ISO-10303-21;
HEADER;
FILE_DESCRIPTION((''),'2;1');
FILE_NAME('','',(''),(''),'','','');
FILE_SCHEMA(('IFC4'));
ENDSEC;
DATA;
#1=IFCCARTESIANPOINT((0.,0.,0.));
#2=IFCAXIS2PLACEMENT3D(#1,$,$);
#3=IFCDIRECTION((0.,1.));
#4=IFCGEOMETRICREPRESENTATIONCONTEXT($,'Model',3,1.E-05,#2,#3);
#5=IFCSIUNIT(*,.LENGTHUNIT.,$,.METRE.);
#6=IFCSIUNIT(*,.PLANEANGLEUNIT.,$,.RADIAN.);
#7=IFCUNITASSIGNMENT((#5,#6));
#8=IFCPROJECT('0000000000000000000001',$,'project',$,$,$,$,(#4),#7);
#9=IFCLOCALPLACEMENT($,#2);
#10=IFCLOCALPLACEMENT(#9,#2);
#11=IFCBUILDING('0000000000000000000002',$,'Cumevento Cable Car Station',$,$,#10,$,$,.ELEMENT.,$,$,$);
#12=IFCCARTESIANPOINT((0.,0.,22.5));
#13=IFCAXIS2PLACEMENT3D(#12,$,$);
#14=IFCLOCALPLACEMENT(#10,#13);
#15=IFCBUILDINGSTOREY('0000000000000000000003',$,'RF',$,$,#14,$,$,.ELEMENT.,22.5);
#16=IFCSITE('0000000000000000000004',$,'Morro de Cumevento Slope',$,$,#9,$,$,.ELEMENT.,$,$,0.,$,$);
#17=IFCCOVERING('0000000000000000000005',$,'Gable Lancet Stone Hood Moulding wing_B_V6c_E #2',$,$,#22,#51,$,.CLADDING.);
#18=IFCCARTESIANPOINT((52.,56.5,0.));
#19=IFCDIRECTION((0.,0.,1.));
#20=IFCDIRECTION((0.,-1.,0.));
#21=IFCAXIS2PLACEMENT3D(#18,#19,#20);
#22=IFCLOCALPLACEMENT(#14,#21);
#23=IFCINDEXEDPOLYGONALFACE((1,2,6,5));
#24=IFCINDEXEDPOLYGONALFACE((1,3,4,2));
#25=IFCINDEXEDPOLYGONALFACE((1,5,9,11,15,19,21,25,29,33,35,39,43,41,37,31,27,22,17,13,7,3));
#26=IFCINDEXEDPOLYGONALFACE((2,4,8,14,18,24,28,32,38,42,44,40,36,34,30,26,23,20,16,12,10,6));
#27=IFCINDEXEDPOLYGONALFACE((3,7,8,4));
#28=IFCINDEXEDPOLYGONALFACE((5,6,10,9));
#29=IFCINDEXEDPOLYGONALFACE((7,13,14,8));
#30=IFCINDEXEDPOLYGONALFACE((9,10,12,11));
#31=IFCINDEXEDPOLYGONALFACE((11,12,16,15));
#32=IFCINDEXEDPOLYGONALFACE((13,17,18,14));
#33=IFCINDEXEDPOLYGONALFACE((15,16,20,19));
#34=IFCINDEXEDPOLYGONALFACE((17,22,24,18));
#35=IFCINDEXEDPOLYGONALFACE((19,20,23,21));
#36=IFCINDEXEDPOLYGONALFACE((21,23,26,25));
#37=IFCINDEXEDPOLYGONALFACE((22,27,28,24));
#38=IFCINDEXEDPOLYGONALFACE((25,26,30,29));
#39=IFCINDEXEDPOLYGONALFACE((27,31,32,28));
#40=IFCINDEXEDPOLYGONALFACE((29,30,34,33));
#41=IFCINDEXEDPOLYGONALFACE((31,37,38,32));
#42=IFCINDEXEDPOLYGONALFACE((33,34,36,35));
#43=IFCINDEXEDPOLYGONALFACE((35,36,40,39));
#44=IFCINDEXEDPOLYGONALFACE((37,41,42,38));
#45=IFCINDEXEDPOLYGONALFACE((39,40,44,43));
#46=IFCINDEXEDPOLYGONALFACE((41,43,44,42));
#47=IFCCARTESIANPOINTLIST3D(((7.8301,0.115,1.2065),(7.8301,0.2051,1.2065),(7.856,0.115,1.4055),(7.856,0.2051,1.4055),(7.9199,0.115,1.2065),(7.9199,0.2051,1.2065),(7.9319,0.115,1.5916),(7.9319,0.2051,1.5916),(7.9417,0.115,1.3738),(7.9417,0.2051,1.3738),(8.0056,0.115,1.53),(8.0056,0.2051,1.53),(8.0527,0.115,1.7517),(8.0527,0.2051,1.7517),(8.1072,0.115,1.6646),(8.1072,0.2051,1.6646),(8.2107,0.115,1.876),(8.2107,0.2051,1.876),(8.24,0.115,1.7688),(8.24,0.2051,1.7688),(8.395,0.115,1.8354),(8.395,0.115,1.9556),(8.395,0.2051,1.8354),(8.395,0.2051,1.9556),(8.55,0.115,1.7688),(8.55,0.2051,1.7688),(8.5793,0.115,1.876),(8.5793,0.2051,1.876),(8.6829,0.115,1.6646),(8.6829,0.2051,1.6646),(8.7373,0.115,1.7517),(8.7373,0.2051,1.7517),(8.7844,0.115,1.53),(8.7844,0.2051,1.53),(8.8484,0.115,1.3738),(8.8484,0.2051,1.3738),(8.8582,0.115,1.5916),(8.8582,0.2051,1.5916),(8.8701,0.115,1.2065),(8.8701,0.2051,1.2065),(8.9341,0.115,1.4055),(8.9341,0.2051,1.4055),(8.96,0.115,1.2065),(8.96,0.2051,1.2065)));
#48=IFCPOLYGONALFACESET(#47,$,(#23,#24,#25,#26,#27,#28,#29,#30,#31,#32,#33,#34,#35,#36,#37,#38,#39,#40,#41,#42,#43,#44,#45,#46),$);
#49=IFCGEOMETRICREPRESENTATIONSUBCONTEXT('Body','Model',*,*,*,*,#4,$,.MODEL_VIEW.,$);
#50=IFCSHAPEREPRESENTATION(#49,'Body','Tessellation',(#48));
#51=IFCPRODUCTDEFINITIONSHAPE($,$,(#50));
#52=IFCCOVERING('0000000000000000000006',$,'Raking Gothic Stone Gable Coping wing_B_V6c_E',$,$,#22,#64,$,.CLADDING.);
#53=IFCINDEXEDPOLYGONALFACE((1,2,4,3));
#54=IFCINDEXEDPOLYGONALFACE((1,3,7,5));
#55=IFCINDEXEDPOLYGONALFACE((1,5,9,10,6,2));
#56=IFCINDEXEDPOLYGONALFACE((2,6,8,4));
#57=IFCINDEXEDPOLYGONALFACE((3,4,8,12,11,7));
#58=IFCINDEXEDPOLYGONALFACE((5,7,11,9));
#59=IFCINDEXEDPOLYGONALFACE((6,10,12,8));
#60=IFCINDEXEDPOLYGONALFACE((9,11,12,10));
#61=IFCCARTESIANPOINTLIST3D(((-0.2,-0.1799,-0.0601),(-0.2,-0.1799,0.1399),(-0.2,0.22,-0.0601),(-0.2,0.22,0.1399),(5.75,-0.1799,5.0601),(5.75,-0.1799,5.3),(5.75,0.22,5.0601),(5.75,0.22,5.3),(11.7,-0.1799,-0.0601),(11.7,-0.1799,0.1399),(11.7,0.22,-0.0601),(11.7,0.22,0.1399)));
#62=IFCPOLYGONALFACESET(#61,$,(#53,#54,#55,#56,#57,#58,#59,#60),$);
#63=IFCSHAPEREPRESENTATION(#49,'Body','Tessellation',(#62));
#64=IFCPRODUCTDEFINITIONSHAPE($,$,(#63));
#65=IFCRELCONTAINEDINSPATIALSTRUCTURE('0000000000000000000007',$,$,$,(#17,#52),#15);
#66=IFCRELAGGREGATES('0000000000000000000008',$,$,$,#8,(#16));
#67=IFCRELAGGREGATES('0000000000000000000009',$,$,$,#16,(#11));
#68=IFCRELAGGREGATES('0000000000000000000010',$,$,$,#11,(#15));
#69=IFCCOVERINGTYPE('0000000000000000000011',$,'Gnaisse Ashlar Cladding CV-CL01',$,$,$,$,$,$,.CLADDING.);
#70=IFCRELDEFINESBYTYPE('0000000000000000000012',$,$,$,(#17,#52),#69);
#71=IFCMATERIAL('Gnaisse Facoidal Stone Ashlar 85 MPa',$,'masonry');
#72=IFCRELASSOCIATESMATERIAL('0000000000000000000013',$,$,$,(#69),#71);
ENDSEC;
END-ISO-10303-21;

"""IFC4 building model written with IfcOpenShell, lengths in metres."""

from ifc_helpers import new_model, si_unit, direction, frame, origin, place, context, subcontext, project, spatial, polyline, outline, extrude, material, type_object, element, save


model = new_model("IFC4")

# Units and contexts
model_context = context("Model", 3, precision=1e-05, world=origin(), true_north=direction((0.0, 1.0)))
body_context = subcontext(model_context, "Body", "Model", "MODEL_VIEW")
ifc_project = project(units=[si_unit("LENGTHUNIT", "METRE"), si_unit("PLANEANGLEUNIT", "RADIAN")], contexts=[model_context])

# Site, building, storey
site_placement = place(None, origin())
site = spatial("IfcSite", under=ifc_project, at=site_placement, Name="Morro de Cumevento Slope", CompositionType="ELEMENT", RefElevation=0.0)
building_placement = place(site_placement, origin())
building = spatial("IfcBuilding", under=site, at=building_placement, Name="Cumevento Cable Car Station", CompositionType="ELEMENT")
storey_placement = place(building_placement, frame((0.0, 0.0, 22.5)))
storey = spatial("IfcBuildingStorey", under=building, at=storey_placement, Name="RF", CompositionType="ELEMENT", Elevation=22.5)

# Coverings
ifc_material_1 = material(Name="Gnaisse Facoidal Stone Ashlar 85 MPa", Category="masonry")
covering_type = type_object("IfcCoveringType", Name="Gnaisse Ashlar Cladding CV-CL01", PredefinedType="CLADDING", material=ifc_material_1)
placement = place(storey_placement, frame((52.0, 56.5, 0.0), z_axis=(0.0, 0.0, 1.0), x_axis=(0.0, -1.0, 0.0)))
element("IfcCovering", 1, at=placement, inside=storey, type_object=covering_type, Name="Gable Lancet Stone Hood Moulding wing_B_V6c_E #2", PredefinedType="CLADDING", context=body_context, shape_type="SweptSolid", body=[
    extrude(outline(polyline([(7.9199, 1.2065), (7.9417, 1.3738), (8.0056, 1.53), (8.1072, 1.6646), (8.24, 1.7688), (8.395, 1.8354), (8.55, 1.7688), (8.6829, 1.6646), (8.7844, 1.53), (8.8484, 1.3738), (8.8701, 1.2065), (8.96, 1.2065), (8.9341, 1.4055), (8.8582, 1.5916), (8.7373, 1.7517), (8.5793, 1.876), (8.395, 1.9556), (8.2107, 1.876), (8.0527, 1.7517), (7.9319, 1.5916), (7.856, 1.4055), (7.8301, 1.2065), (7.9199, 1.2065)])), frame((0.0, 0.2051, 0.0), z_axis=(0.0, -1.0, 0.0), x_axis=(1.0, 0.0, 0.0)), (0.0, 0.0, 1.0), 0.0901),
])
element("IfcCovering", 2, at=placement, inside=storey, type_object=covering_type, Name="Raking Gothic Stone Gable Coping wing_B_V6c_E", PredefinedType="CLADDING", context=body_context, shape_type="SweptSolid", body=[
    extrude(outline(polyline([(-0.2, -0.0601), (5.75, 5.0601), (11.7, -0.0601), (11.7, 0.1399), (5.75, 5.3), (-0.2, 0.1399), (-0.2, -0.0601)])), frame((0.0, 0.22, 0.0), z_axis=(0.0, -1.0, 0.0), x_axis=(1.0, 0.0, 0.0)), (0.0, 0.0, 1.0), 0.3999),
])

save(model, "model.ifc")
